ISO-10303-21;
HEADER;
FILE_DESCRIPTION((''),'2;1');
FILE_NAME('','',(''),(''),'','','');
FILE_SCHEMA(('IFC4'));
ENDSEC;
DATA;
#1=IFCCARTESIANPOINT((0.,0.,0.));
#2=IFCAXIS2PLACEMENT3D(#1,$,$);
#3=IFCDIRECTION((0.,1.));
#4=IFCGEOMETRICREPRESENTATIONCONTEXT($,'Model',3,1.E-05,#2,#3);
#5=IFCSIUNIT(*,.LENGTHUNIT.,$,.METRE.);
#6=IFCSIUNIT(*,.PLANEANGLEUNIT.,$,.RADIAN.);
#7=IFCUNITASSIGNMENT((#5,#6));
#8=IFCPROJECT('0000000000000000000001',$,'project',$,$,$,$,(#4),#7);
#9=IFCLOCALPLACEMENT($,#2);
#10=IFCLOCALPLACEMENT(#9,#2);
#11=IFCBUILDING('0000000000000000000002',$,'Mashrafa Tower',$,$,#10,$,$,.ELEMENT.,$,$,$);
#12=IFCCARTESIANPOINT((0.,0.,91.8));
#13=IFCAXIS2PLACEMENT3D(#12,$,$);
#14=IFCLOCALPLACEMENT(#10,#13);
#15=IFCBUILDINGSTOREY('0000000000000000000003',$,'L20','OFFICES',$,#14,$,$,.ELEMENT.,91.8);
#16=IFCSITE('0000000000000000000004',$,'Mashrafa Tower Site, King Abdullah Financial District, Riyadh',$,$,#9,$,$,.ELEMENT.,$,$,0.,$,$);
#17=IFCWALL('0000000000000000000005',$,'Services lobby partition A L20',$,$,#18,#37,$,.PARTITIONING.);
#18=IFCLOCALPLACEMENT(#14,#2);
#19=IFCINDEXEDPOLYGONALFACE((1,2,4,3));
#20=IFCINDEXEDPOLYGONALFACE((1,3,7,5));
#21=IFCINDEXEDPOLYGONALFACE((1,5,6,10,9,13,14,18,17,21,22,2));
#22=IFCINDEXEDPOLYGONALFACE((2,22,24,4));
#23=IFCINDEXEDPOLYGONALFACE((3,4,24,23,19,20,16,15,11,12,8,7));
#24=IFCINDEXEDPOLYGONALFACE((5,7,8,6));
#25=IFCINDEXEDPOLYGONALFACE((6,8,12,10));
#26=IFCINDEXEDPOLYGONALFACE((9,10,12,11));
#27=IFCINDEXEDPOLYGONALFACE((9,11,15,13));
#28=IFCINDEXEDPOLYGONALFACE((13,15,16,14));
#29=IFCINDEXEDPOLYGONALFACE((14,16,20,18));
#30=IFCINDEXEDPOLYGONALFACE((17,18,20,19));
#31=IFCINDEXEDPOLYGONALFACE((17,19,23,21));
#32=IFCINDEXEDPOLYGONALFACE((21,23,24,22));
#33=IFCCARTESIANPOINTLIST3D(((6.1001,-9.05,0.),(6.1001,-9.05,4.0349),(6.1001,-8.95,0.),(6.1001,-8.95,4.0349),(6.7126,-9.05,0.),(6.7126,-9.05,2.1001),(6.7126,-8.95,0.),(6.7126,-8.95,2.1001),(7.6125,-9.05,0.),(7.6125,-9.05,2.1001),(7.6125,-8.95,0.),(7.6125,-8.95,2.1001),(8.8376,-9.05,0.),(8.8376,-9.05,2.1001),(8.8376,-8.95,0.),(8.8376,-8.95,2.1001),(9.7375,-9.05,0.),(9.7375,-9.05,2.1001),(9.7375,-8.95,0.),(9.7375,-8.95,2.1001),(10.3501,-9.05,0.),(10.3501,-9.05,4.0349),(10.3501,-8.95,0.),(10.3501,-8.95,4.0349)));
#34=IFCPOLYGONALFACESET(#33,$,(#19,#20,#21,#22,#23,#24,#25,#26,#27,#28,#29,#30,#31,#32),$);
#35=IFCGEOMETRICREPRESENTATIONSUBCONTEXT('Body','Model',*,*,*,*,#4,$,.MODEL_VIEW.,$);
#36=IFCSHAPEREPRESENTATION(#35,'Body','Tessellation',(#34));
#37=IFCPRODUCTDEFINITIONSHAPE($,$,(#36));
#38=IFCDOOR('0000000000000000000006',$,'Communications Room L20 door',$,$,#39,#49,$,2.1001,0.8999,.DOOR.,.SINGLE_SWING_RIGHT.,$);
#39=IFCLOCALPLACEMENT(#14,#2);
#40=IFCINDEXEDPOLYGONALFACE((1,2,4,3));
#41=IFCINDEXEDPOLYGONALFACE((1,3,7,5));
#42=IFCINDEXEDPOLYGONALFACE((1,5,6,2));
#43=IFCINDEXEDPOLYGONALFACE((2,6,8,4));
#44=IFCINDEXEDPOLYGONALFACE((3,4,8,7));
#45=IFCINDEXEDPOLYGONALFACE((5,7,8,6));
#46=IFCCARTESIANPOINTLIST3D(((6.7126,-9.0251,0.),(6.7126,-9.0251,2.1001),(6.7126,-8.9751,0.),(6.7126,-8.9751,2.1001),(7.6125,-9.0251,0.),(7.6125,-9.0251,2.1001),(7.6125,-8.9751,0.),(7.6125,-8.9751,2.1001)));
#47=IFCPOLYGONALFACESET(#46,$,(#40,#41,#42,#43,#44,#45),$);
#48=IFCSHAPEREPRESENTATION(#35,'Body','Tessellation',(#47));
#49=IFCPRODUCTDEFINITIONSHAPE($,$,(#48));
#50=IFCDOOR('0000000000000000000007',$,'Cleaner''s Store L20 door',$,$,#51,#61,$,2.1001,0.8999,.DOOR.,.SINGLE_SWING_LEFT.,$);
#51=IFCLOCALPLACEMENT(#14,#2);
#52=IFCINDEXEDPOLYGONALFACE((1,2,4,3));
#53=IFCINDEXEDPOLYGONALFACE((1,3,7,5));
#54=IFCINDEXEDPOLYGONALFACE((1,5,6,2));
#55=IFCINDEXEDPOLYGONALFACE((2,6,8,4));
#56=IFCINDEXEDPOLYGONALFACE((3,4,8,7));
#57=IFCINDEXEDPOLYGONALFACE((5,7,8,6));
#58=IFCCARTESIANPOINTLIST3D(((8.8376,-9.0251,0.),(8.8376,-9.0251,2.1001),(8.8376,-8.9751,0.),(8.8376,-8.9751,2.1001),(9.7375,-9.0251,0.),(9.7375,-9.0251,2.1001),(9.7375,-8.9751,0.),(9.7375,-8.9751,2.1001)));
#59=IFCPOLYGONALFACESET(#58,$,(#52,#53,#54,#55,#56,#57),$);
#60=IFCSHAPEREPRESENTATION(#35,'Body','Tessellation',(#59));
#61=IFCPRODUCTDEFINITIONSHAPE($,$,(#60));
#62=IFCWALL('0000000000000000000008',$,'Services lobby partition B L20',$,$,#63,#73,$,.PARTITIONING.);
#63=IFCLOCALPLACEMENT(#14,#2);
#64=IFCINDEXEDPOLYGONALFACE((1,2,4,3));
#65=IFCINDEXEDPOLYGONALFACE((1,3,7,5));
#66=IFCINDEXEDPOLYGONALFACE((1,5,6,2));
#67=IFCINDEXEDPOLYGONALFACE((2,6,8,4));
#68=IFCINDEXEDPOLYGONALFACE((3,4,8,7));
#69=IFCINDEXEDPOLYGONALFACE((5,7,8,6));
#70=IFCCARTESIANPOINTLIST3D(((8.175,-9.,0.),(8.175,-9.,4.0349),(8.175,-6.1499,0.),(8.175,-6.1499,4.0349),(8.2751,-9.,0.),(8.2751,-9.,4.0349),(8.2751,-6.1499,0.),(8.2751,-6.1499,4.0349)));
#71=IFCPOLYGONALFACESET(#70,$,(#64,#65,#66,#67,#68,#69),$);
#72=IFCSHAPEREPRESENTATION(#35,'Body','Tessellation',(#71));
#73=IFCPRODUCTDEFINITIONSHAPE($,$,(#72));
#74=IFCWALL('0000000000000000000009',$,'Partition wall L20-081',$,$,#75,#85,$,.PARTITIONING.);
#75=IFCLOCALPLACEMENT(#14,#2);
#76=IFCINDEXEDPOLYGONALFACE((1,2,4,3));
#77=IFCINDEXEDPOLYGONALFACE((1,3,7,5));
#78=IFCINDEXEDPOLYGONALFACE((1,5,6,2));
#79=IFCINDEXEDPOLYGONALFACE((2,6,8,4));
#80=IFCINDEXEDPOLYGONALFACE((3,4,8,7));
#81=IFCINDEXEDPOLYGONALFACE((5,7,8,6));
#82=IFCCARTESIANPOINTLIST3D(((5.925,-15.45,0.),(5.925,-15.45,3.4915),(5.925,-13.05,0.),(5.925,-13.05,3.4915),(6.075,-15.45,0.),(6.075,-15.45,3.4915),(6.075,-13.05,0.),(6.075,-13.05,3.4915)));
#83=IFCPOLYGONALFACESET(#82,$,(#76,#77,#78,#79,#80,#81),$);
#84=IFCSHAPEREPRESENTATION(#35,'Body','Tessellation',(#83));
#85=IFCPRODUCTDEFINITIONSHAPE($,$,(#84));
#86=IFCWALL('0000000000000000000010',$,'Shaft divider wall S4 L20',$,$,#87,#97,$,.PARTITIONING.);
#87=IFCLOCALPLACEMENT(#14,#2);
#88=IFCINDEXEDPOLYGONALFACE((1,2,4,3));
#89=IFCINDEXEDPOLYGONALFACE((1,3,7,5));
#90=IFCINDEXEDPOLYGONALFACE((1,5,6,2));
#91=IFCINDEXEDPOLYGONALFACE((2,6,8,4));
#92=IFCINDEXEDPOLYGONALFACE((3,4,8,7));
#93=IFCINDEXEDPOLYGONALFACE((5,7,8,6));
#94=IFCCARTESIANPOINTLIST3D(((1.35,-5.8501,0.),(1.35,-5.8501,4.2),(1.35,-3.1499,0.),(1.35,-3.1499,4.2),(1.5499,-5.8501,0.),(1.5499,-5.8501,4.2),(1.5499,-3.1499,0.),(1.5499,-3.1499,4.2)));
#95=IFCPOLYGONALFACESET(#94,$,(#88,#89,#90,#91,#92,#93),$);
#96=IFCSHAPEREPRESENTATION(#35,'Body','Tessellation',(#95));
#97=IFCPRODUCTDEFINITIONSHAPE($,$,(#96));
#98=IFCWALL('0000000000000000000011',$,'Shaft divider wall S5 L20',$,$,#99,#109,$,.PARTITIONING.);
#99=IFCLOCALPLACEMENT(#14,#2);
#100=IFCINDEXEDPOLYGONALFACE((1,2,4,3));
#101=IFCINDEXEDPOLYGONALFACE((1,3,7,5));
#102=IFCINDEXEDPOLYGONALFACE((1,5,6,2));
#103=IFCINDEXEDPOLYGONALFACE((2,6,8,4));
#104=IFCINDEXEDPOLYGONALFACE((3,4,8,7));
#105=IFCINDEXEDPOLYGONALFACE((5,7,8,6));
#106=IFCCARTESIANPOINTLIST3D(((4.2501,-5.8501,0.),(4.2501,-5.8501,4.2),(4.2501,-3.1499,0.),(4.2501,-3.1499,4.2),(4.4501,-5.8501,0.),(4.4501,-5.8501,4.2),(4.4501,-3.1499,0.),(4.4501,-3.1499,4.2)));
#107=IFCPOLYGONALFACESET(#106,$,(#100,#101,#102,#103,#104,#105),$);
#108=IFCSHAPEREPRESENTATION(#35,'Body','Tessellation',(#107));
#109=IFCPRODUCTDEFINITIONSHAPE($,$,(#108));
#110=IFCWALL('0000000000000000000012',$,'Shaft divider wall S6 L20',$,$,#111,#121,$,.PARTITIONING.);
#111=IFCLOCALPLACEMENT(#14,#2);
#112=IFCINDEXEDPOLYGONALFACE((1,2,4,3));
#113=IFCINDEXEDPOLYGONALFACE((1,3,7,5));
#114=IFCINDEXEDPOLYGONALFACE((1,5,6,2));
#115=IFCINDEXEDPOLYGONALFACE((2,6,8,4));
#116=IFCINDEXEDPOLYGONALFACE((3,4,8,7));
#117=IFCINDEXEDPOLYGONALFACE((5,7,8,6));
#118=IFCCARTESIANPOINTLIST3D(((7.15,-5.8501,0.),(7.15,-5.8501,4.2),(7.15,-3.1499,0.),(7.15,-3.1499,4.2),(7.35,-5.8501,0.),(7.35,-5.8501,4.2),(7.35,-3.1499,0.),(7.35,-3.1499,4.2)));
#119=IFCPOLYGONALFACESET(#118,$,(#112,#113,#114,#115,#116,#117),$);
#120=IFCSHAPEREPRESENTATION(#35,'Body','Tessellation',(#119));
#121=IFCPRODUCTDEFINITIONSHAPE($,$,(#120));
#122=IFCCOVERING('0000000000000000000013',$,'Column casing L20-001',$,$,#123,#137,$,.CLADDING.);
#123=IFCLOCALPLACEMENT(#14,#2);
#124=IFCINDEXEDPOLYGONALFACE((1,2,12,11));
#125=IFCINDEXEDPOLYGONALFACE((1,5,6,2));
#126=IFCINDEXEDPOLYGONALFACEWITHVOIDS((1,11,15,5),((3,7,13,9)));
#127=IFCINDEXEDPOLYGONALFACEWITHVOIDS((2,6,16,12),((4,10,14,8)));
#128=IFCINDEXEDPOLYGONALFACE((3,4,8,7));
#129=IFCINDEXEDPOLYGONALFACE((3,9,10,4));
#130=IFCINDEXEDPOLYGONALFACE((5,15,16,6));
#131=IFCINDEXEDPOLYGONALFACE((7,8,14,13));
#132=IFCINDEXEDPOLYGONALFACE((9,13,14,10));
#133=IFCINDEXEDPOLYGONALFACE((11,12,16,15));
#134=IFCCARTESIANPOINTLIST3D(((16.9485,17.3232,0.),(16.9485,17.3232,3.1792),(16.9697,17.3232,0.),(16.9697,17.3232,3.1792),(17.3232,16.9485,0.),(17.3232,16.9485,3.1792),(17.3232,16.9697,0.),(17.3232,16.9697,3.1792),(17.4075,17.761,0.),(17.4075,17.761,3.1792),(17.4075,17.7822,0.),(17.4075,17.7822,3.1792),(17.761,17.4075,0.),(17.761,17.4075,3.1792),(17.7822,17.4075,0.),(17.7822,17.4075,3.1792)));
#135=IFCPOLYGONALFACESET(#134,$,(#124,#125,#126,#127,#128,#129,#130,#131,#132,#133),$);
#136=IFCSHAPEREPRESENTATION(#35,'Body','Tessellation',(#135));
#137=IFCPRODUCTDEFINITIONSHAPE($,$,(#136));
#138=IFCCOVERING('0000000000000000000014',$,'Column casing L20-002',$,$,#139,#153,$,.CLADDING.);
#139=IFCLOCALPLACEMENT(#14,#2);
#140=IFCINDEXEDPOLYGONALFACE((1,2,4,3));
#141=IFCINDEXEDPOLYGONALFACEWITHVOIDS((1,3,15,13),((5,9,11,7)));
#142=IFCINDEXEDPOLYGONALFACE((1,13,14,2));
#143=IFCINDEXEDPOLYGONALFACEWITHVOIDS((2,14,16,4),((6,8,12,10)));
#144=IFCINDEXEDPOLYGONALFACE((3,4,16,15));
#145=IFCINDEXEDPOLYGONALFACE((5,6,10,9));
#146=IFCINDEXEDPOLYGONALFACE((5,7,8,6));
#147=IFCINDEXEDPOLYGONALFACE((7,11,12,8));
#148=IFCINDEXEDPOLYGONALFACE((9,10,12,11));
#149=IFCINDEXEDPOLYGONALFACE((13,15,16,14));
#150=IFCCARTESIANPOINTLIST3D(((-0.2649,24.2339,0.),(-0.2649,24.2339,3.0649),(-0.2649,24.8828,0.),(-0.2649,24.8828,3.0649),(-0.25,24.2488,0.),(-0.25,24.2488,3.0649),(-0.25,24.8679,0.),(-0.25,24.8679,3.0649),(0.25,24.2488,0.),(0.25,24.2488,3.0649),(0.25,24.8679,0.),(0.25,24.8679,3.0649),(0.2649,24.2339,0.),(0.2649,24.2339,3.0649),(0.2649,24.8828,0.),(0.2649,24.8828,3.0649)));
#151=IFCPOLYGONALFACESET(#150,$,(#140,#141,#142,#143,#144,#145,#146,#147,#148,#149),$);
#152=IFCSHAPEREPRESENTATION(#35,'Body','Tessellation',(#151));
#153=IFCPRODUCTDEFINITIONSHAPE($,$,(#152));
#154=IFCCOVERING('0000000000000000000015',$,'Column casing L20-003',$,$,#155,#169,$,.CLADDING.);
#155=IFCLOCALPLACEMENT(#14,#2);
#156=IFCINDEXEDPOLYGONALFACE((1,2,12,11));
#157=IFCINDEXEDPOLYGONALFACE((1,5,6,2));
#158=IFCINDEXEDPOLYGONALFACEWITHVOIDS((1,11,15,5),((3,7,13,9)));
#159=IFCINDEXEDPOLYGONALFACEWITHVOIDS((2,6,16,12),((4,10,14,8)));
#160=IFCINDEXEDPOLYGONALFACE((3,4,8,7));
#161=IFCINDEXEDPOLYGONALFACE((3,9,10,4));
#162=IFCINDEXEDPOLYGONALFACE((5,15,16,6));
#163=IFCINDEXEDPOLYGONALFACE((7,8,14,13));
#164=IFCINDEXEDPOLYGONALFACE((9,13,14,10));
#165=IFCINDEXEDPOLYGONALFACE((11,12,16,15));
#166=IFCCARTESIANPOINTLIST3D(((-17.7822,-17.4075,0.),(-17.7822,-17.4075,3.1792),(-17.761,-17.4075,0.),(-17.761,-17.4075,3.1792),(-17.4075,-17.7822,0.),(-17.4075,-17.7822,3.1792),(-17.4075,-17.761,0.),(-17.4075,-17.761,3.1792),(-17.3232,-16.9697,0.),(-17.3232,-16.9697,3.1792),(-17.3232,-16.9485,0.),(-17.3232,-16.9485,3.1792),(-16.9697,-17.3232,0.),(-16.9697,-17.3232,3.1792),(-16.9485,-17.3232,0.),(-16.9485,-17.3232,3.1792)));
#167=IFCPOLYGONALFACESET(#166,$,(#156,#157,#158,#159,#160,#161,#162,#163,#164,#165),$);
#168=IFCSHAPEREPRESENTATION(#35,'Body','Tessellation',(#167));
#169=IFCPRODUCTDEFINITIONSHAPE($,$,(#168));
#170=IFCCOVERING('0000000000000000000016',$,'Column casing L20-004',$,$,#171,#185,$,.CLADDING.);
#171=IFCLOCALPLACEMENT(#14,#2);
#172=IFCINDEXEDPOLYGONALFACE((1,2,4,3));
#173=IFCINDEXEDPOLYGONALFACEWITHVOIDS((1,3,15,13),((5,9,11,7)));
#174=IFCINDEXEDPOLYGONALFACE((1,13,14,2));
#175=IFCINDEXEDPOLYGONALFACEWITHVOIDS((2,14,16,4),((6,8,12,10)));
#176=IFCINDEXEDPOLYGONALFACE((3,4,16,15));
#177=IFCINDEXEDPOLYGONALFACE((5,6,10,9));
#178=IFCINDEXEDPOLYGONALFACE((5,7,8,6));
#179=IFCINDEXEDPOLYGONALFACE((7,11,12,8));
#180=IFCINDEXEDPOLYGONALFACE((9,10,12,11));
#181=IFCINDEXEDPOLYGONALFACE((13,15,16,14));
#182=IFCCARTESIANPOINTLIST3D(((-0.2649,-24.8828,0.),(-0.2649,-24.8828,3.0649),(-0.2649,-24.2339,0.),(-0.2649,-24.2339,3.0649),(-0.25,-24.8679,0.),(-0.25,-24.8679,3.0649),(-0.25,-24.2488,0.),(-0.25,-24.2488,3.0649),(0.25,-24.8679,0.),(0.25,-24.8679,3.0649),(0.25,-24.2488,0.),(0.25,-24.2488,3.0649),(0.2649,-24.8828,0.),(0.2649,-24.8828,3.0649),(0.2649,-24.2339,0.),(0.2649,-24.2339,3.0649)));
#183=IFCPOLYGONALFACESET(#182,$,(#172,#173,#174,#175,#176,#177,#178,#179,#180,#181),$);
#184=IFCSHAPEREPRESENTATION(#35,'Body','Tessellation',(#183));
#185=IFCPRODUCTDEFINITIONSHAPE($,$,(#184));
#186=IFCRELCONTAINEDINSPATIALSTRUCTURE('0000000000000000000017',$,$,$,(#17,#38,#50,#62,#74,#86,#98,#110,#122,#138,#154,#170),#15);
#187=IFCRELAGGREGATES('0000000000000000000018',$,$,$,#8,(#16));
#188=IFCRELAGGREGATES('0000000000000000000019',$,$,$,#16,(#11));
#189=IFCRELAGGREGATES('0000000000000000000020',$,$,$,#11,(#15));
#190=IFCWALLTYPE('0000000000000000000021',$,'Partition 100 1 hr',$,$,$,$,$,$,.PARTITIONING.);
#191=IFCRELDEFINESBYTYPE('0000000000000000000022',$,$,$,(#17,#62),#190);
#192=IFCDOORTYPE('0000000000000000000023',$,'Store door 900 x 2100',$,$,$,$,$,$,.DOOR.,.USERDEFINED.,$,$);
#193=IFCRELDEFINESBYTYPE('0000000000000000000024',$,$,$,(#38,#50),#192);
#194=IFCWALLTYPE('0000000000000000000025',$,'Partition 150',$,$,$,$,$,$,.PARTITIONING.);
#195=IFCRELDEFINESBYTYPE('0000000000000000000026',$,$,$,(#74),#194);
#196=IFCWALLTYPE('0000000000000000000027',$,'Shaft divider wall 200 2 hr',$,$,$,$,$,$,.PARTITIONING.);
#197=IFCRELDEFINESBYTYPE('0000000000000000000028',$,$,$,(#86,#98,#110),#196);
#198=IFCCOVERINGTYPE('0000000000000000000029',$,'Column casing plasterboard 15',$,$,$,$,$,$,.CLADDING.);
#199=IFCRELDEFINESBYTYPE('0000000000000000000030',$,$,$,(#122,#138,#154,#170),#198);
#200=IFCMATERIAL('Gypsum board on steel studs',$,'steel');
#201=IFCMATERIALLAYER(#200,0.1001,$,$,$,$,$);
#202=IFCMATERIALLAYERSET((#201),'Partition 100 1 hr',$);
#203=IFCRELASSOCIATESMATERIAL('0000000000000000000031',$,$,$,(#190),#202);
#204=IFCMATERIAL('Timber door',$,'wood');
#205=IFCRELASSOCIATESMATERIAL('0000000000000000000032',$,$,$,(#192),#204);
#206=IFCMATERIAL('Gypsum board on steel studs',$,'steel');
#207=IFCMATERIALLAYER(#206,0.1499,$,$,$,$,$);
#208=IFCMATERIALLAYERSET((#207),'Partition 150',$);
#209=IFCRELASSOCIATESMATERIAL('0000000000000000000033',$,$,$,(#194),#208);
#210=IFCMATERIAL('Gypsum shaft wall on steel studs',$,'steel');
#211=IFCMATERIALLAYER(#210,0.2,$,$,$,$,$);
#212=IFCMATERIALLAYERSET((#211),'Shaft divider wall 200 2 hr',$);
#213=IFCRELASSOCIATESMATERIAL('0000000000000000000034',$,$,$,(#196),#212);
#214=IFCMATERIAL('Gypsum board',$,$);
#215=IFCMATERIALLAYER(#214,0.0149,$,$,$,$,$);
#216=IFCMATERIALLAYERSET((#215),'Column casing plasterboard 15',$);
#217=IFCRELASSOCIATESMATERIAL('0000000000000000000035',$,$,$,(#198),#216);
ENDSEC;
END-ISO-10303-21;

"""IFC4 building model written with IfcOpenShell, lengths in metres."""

from ifc_helpers import new_model, si_unit, direction, frame, frame_2d, origin, place, context, subcontext, project, spatial, polyline, rectangle, outline, extrude, material, layer, layer_set, type_object, element, fill, save


model = new_model("IFC4")

# Units and contexts
model_context = context("Model", 3, precision=1e-05, world=origin(), true_north=direction((0.0, 1.0)))
body_context = subcontext(model_context, "Body", "Model", "MODEL_VIEW")
ifc_project = project(units=[si_unit("LENGTHUNIT", "METRE"), si_unit("PLANEANGLEUNIT", "RADIAN")], contexts=[model_context])

# Site, building, storey
site_placement = place(None, origin())
site = spatial("IfcSite", under=ifc_project, at=site_placement, Name="Mashrafa Tower Site, King Abdullah Financial District, Riyadh", CompositionType="ELEMENT", RefElevation=0.0)
building_placement = place(site_placement, origin())
building = spatial("IfcBuilding", under=site, at=building_placement, Name="Mashrafa Tower", CompositionType="ELEMENT")
storey_placement = place(building_placement, frame((0.0, 0.0, 91.8)))
storey = spatial("IfcBuildingStorey", under=building, at=storey_placement, Name="L20", Description="OFFICES", CompositionType="ELEMENT", Elevation=91.8)

# Wall, openings, doors
ifc_material_1 = material(Name="Gypsum board on steel studs", Category="steel")
ifc_layer_1 = layer(ifc_material_1, 0.1001)
ifc_layer_set_1 = layer_set([ifc_layer_1], Name="Partition 100 1 hr")
wall_type_1 = type_object("IfcWallType", Name="Partition 100 1 hr", PredefinedType="PARTITIONING", material=ifc_layer_set_1)
wall_1_placement = place(storey_placement, frame((6.1001, -9.0, 0.0), z_axis=(0.0, 0.0, 1.0), x_axis=(1.0, 0.0, 0.0)))
wall_1 = element("IfcWall", 1, at=wall_1_placement, inside=storey, type_object=wall_type_1, Name="Services lobby partition A L20", PredefinedType="PARTITIONING", context=body_context, shape_type="SweptSolid", body=[
    extrude(rectangle(XDim=4.25, YDim=0.1001, at=frame_2d((2.125, 0.0))), origin(), (0.0, 0.0, 1.0), 4.0349),
])
opening_1_placement = place(wall_1_placement, frame((0.6125, 0.0, 0.0)))
opening_1 = element("IfcOpeningElement", 2, at=opening_1_placement, cuts=wall_1, PredefinedType="OPENING", context=body_context, shape_type="SweptSolid", body=[
    extrude(rectangle(XDim=0.8999, YDim=2.1001, at=frame_2d((0.45, 1.05))), frame((0.0, 0.0601, 0.0), z_axis=(0.0, -1.0, 0.0), x_axis=(1.0, 0.0, 0.0)), (0.0, 0.0, 1.0), 0.1201),
])
opening_2_placement = place(wall_1_placement, frame((2.7375, 0.0, 0.0)))
opening_2 = element("IfcOpeningElement", 3, at=opening_2_placement, cuts=wall_1, PredefinedType="OPENING", context=body_context, shape_type="SweptSolid", body=[
    extrude(rectangle(XDim=0.8999, YDim=2.1001, at=frame_2d((0.45, 1.05))), frame((0.0, 0.0601, 0.0), z_axis=(0.0, -1.0, 0.0), x_axis=(1.0, 0.0, 0.0)), (0.0, 0.0, 1.0), 0.1201),
])
ifc_material_2 = material(Name="Timber door", Category="wood")
door_type_1 = type_object("IfcDoorType", Name="Store door 900 x 2100", OperationType="USERDEFINED", PredefinedType="DOOR", material=ifc_material_2)
door_1_placement = place(opening_1_placement, origin())
door_1 = element("IfcDoor", 4, at=door_1_placement, inside=storey, type_object=door_type_1, Name="Communications Room L20 door", OperationType="SINGLE_SWING_RIGHT", OverallHeight=2.1001, OverallWidth=0.8999, PredefinedType="DOOR", context=body_context, shape_type="SweptSolid", body=[
    extrude(rectangle(XDim=0.8999, YDim=2.1001, at=frame_2d((0.45, 1.05))), frame((0.0, 0.0249, 0.0), z_axis=(0.0, -1.0, 0.0), x_axis=(1.0, 0.0, 0.0)), (0.0, 0.0, 1.0), 0.05),
])
fill(opening_1, door_1)
door_2_placement = place(opening_2_placement, origin())
door_2 = element("IfcDoor", 5, at=door_2_placement, inside=storey, type_object=door_type_1, Name="Cleaner's Store L20 door", OperationType="SINGLE_SWING_LEFT", OverallHeight=2.1001, OverallWidth=0.8999, PredefinedType="DOOR", context=body_context, shape_type="SweptSolid", body=[
    extrude(rectangle(XDim=0.8999, YDim=2.1001, at=frame_2d((0.45, 1.05))), frame((0.0, 0.0249, 0.0), z_axis=(0.0, -1.0, 0.0), x_axis=(1.0, 0.0, 0.0)), (0.0, 0.0, 1.0), 0.05),
])
fill(opening_2, door_2)

# Walls
wall_2_placement = place(storey_placement, frame((8.2251, -9.0, 0.0), z_axis=(0.0, 0.0, 1.0), x_axis=(0.0, 1.0, 0.0)))
element("IfcWall", 6, at=wall_2_placement, inside=storey, type_object=wall_type_1, Name="Services lobby partition B L20", PredefinedType="PARTITIONING", context=body_context, shape_type="SweptSolid", body=[
    extrude(rectangle(XDim=2.8501, YDim=0.1001, at=frame_2d((1.425, 0.0))), origin(), (0.0, 0.0, 1.0), 4.0349),
])
ifc_material_3 = material(Name="Gypsum board on steel studs", Category="steel")
ifc_layer_2 = layer(ifc_material_3, 0.1499)
ifc_layer_set_2 = layer_set([ifc_layer_2], Name="Partition 150")
wall_type_2 = type_object("IfcWallType", Name="Partition 150", PredefinedType="PARTITIONING", material=ifc_layer_set_2)
wall_3_placement = place(storey_placement, frame((6.0, -13.05, 0.0), z_axis=(0.0, 0.0, 1.0), x_axis=(0.0, -1.0, 0.0)))
element("IfcWall", 7, at=wall_3_placement, inside=storey, type_object=wall_type_2, Name="Partition wall L20-081", PredefinedType="PARTITIONING", context=body_context, shape_type="SweptSolid", body=[
    extrude(rectangle(XDim=2.3999, YDim=0.1499, at=frame_2d((1.2, 0.0))), origin(), (0.0, 0.0, 1.0), 3.4915),
])
ifc_material_4 = material(Name="Gypsum shaft wall on steel studs", Category="steel")
ifc_layer_3 = layer(ifc_material_4, 0.2)
ifc_layer_set_3 = layer_set([ifc_layer_3], Name="Shaft divider wall 200 2 hr")
wall_type_3 = type_object("IfcWallType", Name="Shaft divider wall 200 2 hr", PredefinedType="PARTITIONING", material=ifc_layer_set_3)
for number, where, z_axis, x_axis, name in (
    (8, (1.45, -5.8501, 0.0), (0.0, 0.0, 1.0), (0.0, 1.0, 0.0), "Shaft divider wall S4 L20"),
    (9, (4.3501, -5.8501, 0.0), (0.0, 0.0, 1.0), (0.0, 1.0, 0.0), "Shaft divider wall S5 L20"),
    (10, (7.25, -5.8501, 0.0), (0.0, 0.0, 1.0), (0.0, 1.0, 0.0), "Shaft divider wall S6 L20"),
):
    element("IfcWall", number, at=place(storey_placement, frame(where, z_axis=z_axis, x_axis=x_axis)), inside=storey, type_object=wall_type_3, Name=name, PredefinedType="PARTITIONING", context=body_context, shape_type="SweptSolid", body=[
        extrude(rectangle(XDim=2.7002, YDim=0.2, at=frame_2d((1.3501, 0.0))), origin(), (0.0, 0.0, 1.0), 4.2),
    ])

# Coverings
ifc_material_5 = material(Name="Gypsum board")
ifc_layer_4 = layer(ifc_material_5, 0.0149)
ifc_layer_set_4 = layer_set([ifc_layer_4], Name="Column casing plasterboard 15")
covering_type_1 = type_object("IfcCoveringType", Name="Column casing plasterboard 15", PredefinedType="CLADDING", material=ifc_layer_set_4)
covering_1_placement = place(storey_placement, origin())
element("IfcCovering", 11, at=covering_1_placement, inside=storey, type_object=covering_type_1, Name="Column casing L20-001", PredefinedType="CLADDING", context=body_context, shape_type="SweptSolid", body=[
    extrude(outline(polyline([(16.9485, 17.3232), (17.4075, 17.7822), (17.7822, 17.4075), (17.3232, 16.9485), (16.9485, 17.3232)]), holes=[polyline([(17.761, 17.4075), (17.4075, 17.761), (16.9697, 17.3232), (17.3232, 16.9697), (17.761, 17.4075)])]), origin(), (0.0, 0.0, 1.0), 3.1792),
])
covering_2_placement = place(storey_placement, origin())
element("IfcCovering", 12, at=covering_2_placement, inside=storey, type_object=covering_type_1, Name="Column casing L20-002", PredefinedType="CLADDING", context=body_context, shape_type="SweptSolid", body=[
    extrude(outline(polyline([(-0.2649, 24.8828), (0.2649, 24.8828), (0.2649, 24.2339), (-0.2649, 24.2339), (-0.2649, 24.8828)]), holes=[polyline([(0.25, 24.2488), (0.25, 24.8679), (-0.25, 24.8679), (-0.25, 24.2488), (0.25, 24.2488)])]), origin(), (0.0, 0.0, 1.0), 3.0649),
])
covering_3_placement = place(storey_placement, origin())
element("IfcCovering", 13, at=covering_3_placement, inside=storey, type_object=covering_type_1, Name="Column casing L20-003", PredefinedType="CLADDING", context=body_context, shape_type="SweptSolid", body=[
    extrude(outline(polyline([(-17.7822, -17.4075), (-17.3232, -16.9485), (-16.9485, -17.3232), (-17.4075, -17.7822), (-17.7822, -17.4075)]), holes=[polyline([(-16.9697, -17.3232), (-17.3232, -16.9697), (-17.761, -17.4075), (-17.4075, -17.761), (-16.9697, -17.3232)])]), origin(), (0.0, 0.0, 1.0), 3.1792),
])
covering_4_placement = place(storey_placement, origin())
element("IfcCovering", 14, at=covering_4_placement, inside=storey, type_object=covering_type_1, Name="Column casing L20-004", PredefinedType="CLADDING", context=body_context, shape_type="SweptSolid", body=[
    extrude(outline(polyline([(-0.2649, -24.2339), (0.2649, -24.2339), (0.2649, -24.8828), (-0.2649, -24.8828), (-0.2649, -24.2339)]), holes=[polyline([(0.25, -24.8679), (0.25, -24.2488), (-0.25, -24.2488), (-0.25, -24.8679), (0.25, -24.8679)])]), origin(), (0.0, 0.0, 1.0), 3.0649),
])

save(model, "model.ifc")
